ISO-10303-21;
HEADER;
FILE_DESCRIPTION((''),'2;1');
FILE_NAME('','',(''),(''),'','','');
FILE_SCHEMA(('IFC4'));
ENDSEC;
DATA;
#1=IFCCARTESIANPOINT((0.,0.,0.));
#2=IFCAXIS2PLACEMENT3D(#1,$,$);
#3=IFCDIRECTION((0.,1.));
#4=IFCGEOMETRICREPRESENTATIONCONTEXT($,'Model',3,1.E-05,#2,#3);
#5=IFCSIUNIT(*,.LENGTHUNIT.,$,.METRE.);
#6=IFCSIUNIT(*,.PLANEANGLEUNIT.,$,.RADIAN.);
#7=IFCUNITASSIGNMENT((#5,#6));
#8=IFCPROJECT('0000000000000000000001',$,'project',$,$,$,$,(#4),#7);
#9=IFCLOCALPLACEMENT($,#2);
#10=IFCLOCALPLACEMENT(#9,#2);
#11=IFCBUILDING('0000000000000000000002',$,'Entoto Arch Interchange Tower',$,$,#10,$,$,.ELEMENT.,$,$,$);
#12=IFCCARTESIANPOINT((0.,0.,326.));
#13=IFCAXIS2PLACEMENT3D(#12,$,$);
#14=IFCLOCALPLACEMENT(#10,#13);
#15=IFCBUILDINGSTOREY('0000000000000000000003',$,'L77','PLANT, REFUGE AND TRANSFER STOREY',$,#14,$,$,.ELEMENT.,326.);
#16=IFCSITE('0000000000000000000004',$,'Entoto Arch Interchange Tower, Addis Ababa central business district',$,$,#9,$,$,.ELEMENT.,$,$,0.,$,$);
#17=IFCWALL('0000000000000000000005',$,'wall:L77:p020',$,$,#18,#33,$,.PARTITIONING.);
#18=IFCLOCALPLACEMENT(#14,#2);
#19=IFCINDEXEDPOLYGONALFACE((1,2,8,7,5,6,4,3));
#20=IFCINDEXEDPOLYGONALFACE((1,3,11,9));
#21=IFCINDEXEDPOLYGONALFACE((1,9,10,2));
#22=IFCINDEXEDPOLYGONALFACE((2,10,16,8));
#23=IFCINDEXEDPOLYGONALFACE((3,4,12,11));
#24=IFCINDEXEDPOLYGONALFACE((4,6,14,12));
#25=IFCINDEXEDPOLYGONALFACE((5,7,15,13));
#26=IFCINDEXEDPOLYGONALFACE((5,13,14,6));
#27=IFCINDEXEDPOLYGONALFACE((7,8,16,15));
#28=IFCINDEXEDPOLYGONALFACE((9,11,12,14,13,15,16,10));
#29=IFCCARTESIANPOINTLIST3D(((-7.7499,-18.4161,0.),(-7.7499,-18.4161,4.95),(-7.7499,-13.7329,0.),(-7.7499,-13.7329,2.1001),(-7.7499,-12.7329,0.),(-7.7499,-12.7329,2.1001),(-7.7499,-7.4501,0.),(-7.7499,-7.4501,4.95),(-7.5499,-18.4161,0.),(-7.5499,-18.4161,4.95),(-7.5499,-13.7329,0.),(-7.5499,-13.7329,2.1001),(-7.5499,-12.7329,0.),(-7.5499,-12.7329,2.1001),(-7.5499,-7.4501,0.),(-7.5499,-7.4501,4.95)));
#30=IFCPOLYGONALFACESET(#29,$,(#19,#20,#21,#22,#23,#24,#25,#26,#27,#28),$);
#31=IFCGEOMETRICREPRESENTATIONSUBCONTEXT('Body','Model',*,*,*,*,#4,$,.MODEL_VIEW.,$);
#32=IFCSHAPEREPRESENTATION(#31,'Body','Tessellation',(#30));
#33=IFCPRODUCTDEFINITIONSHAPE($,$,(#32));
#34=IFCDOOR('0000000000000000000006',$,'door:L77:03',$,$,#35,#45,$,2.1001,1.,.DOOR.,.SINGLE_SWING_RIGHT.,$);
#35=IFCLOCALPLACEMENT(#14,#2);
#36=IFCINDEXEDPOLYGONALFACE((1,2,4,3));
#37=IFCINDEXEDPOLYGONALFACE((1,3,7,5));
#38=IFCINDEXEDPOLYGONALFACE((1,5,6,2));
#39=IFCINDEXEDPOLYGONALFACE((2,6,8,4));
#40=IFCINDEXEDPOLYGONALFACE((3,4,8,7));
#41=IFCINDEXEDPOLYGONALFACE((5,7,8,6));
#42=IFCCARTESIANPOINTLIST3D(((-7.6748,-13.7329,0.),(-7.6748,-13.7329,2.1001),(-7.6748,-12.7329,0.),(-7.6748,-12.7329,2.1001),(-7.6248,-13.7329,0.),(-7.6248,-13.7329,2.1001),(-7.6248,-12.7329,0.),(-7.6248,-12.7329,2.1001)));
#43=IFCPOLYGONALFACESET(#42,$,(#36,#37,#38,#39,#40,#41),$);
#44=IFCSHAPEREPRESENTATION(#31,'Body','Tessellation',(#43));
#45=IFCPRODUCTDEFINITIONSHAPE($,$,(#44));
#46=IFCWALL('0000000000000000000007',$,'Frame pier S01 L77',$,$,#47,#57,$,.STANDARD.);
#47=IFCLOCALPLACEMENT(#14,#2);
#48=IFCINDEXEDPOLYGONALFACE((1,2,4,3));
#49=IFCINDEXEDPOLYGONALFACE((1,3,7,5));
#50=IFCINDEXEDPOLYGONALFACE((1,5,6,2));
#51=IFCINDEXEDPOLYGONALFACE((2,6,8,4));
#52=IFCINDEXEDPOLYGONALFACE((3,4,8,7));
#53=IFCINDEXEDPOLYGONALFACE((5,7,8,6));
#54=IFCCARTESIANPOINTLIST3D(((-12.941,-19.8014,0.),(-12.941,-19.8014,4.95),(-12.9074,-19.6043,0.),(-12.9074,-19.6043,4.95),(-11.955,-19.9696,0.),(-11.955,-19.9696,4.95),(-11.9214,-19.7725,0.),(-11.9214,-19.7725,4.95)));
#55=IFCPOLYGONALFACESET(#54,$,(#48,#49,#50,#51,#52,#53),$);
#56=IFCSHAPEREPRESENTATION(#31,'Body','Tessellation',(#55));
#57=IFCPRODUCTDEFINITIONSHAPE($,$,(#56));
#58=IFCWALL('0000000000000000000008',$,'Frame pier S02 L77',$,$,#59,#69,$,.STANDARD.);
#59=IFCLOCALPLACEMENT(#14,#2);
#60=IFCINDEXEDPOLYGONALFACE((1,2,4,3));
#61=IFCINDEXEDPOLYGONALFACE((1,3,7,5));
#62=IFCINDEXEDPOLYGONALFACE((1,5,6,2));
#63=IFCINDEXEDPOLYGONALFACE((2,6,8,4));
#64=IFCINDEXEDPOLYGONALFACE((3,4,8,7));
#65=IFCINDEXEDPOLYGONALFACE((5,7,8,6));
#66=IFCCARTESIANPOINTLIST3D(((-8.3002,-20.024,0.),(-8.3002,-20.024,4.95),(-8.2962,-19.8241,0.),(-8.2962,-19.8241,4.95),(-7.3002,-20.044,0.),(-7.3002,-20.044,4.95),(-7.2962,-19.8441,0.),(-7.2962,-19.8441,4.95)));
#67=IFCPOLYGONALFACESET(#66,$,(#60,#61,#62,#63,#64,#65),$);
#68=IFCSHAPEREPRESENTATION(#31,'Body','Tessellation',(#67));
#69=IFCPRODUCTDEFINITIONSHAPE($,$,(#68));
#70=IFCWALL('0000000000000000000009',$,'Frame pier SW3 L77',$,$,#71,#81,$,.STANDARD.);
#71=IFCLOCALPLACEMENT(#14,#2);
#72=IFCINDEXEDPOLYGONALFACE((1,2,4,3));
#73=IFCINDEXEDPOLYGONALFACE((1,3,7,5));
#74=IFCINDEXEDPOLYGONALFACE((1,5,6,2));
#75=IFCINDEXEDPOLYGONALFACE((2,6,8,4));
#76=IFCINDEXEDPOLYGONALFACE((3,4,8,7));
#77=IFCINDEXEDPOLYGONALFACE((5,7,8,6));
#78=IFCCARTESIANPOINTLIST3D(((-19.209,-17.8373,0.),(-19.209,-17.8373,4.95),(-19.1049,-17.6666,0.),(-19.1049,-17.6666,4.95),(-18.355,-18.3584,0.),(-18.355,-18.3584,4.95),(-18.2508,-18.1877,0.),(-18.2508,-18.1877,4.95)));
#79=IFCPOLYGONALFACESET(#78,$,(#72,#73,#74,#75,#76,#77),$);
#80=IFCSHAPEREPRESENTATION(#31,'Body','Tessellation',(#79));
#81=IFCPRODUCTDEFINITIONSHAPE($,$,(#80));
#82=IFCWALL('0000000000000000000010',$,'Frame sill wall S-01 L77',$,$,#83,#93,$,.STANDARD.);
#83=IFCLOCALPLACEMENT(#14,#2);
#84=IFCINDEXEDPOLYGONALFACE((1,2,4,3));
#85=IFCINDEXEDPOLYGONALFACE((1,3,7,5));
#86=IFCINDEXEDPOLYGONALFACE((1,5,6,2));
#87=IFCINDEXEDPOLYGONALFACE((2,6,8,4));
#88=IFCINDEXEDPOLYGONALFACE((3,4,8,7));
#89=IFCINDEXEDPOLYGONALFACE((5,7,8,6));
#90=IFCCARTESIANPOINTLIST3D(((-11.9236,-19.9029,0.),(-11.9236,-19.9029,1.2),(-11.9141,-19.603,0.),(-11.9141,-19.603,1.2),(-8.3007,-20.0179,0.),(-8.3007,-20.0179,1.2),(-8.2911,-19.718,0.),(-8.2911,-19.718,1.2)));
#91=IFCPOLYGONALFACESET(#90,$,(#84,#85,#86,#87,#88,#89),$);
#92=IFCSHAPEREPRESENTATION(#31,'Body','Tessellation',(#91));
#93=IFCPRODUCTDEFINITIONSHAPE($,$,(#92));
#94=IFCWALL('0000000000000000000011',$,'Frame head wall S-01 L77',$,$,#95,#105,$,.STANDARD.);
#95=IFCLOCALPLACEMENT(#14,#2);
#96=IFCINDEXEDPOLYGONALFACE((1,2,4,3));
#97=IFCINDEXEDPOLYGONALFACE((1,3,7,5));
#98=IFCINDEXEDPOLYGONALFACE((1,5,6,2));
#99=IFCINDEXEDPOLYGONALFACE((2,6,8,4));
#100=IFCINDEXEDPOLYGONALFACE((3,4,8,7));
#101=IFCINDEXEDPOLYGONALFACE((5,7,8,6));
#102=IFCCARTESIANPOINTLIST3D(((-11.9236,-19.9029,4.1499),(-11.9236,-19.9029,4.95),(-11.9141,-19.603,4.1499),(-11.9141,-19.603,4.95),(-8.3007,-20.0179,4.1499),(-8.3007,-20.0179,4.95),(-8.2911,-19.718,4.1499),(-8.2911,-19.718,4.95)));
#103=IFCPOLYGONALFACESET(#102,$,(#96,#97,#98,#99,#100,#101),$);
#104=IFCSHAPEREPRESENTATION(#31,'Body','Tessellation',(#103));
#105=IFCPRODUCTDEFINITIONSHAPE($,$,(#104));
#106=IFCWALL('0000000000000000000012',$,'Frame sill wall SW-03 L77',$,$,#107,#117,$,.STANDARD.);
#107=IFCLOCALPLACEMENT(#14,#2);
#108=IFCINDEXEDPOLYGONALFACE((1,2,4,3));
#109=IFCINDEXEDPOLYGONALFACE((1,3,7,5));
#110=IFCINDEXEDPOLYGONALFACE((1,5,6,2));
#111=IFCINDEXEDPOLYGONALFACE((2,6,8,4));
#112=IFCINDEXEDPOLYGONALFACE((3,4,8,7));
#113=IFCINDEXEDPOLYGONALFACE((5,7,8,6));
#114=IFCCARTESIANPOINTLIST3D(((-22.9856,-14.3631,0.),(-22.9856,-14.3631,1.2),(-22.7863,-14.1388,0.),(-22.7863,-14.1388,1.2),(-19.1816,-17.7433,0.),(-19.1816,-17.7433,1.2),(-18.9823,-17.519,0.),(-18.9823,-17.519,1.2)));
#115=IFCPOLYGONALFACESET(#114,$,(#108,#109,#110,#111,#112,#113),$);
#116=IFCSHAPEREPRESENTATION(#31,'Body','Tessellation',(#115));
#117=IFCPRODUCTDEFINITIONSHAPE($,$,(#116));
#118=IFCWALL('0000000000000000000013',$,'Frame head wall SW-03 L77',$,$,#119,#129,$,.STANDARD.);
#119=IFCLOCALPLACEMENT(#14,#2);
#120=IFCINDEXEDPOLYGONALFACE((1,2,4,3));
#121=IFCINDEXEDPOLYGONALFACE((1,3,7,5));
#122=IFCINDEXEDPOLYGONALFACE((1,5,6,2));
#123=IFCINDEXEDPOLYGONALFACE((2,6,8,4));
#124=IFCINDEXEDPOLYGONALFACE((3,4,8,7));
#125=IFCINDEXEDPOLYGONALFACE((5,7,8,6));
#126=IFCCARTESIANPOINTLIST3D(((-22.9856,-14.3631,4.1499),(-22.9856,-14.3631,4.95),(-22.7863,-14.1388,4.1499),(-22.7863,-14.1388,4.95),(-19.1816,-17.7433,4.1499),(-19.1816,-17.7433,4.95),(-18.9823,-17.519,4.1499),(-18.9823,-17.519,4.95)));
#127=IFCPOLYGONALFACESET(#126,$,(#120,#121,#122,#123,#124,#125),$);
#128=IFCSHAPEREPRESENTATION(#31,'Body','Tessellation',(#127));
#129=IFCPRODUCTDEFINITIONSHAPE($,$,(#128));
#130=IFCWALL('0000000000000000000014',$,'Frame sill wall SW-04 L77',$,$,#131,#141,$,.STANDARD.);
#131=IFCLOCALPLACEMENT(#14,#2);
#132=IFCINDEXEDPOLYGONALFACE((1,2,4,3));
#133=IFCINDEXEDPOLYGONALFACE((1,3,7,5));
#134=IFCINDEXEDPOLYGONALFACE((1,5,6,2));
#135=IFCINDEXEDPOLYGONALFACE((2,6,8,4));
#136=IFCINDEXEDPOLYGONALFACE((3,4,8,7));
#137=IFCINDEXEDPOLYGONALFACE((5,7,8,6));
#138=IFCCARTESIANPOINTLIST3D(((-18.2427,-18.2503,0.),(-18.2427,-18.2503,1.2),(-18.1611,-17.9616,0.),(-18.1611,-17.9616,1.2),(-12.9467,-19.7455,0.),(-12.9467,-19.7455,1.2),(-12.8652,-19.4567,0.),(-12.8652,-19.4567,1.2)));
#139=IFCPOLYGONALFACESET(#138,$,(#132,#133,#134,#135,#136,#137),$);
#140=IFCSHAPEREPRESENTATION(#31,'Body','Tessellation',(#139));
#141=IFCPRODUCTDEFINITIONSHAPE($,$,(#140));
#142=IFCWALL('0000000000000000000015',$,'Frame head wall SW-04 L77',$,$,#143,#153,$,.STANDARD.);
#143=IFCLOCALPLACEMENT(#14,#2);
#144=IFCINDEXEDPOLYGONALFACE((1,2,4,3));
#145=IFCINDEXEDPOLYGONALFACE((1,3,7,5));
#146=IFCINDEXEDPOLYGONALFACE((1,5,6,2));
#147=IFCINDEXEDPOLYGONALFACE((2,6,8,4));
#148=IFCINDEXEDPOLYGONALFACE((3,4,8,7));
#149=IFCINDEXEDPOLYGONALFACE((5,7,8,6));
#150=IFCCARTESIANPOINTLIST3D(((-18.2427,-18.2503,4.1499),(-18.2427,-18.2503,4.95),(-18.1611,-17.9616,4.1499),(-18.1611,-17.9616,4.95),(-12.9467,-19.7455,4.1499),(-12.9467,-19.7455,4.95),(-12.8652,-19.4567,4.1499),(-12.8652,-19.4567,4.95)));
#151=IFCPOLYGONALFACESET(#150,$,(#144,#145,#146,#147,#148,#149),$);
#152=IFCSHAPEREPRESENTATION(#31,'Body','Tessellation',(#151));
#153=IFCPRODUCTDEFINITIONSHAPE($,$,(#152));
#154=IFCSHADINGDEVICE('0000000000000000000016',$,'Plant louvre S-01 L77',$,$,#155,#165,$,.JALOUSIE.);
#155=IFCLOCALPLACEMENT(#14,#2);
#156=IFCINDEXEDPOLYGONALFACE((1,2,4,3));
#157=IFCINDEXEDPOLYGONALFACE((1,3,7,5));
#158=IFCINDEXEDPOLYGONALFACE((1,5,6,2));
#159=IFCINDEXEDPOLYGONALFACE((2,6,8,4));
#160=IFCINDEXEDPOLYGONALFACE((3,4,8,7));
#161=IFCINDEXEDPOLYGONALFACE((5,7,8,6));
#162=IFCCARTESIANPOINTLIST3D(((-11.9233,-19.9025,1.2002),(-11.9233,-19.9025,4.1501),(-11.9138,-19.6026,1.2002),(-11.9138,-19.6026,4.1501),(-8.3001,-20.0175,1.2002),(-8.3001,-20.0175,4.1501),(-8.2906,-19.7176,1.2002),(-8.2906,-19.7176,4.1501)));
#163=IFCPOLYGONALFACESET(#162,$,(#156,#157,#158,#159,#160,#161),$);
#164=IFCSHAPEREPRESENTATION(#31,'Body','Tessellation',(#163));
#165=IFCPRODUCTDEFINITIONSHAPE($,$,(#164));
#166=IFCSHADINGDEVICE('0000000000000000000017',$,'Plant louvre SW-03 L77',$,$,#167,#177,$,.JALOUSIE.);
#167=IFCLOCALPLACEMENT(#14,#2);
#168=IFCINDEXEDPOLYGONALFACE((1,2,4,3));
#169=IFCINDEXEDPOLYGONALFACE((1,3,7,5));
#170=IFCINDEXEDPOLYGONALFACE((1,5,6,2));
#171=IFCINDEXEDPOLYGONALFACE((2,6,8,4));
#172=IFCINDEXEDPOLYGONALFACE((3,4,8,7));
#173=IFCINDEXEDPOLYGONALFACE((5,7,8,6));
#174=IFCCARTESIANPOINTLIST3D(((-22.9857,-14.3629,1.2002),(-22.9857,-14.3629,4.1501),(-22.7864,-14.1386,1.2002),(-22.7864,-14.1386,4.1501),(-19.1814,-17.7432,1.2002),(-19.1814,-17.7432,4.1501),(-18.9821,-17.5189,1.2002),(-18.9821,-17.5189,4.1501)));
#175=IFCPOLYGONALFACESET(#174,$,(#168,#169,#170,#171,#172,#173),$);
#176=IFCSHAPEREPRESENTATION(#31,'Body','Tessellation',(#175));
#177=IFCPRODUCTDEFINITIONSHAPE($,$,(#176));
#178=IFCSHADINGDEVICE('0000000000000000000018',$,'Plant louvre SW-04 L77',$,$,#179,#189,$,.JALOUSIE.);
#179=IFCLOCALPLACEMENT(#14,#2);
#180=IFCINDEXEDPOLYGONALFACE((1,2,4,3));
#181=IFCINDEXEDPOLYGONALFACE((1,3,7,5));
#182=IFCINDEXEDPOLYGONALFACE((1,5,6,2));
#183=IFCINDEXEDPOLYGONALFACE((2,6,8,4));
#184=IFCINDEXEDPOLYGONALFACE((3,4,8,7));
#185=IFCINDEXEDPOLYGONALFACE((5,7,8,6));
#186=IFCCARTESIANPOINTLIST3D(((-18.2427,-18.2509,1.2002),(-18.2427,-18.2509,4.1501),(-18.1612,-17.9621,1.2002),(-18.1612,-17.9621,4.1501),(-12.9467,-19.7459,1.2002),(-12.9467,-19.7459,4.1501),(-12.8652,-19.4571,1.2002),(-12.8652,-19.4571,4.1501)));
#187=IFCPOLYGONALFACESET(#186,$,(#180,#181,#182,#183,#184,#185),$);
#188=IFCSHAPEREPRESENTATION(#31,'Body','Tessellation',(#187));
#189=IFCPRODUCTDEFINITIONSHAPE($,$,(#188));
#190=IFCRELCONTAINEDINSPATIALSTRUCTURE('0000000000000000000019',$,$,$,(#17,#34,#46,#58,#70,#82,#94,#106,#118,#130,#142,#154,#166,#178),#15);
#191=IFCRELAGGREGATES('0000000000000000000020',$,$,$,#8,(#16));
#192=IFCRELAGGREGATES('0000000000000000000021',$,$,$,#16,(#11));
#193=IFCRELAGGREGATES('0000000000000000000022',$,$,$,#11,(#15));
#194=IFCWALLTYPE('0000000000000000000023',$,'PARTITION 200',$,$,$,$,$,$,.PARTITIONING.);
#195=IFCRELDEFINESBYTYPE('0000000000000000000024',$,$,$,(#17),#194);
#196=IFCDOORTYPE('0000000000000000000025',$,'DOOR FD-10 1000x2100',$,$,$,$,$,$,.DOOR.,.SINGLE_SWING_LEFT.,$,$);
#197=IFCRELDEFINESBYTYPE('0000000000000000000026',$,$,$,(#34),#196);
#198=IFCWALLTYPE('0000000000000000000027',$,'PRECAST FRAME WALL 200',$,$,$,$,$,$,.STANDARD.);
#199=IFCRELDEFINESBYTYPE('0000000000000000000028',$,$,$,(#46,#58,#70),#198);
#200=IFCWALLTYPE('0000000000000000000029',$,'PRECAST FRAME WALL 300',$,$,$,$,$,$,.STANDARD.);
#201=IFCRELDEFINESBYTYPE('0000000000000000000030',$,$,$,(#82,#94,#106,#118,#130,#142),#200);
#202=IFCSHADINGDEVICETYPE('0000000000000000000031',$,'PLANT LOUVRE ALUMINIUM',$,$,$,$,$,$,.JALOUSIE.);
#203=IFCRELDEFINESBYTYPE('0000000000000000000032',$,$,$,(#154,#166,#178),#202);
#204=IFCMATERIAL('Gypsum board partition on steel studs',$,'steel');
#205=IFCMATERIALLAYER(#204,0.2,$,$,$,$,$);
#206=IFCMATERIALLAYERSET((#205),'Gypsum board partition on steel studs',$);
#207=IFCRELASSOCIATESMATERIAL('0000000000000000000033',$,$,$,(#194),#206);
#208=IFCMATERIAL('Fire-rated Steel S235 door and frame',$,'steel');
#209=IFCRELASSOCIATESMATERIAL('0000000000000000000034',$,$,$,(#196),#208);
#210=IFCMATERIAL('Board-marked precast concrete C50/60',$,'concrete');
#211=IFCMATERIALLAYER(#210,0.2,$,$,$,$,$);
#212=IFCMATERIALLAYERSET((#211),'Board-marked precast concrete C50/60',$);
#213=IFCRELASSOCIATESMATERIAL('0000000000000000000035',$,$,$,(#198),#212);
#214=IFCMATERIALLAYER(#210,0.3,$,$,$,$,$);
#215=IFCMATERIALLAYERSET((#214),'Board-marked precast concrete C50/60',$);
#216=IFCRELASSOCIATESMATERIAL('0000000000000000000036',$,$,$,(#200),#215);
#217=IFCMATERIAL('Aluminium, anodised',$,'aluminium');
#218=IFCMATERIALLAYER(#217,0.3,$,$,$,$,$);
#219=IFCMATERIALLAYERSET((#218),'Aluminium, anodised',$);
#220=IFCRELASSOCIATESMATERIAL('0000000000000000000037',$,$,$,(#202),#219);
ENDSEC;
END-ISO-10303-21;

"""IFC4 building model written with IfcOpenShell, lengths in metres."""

from ifc_helpers import new_model, si_unit, direction, frame, frame_2d, origin, origin_2d, place, context, subcontext, project, spatial, rectangle, extrude, material, layer, layer_set, type_object, element, fill, save


model = new_model("IFC4")

# Units and contexts
model_context = context("Model", 3, precision=1e-05, world=origin(), true_north=direction((0.0, 1.0)))
body_context = subcontext(model_context, "Body", "Model", "MODEL_VIEW")
ifc_project = project(units=[si_unit("LENGTHUNIT", "METRE"), si_unit("PLANEANGLEUNIT", "RADIAN")], contexts=[model_context])

# Site, building, storey
site_placement = place(None, origin())
site = spatial("IfcSite", under=ifc_project, at=site_placement, Name="Entoto Arch Interchange Tower, Addis Ababa central business district", CompositionType="ELEMENT", RefElevation=0.0)
building_placement = place(site_placement, origin())
building = spatial("IfcBuilding", under=site, at=building_placement, Name="Entoto Arch Interchange Tower", CompositionType="ELEMENT")
storey_placement = place(building_placement, frame((0.0, 0.0, 326.0)))
storey = spatial("IfcBuildingStorey", under=building, at=storey_placement, Name="L77", Description="PLANT, REFUGE AND TRANSFER STOREY", CompositionType="ELEMENT", Elevation=326.0)

# Shared definitions
ifc_material_1 = material(Name="Aluminium, anodised", Category="aluminium")

# Wall, opening, door
ifc_material_2 = material(Name="Gypsum board partition on steel studs", Category="steel")
ifc_layer_1 = layer(ifc_material_2, 0.2)
ifc_layer_set_1 = layer_set([ifc_layer_1], Name="Gypsum board partition on steel studs")
wall_type_1 = type_object("IfcWallType", Name="PARTITION 200", PredefinedType="PARTITIONING", material=ifc_layer_set_1)
wall_1_placement = place(storey_placement, frame((-7.6499, -18.416, 0.0), z_axis=(0.0, 0.0, 1.0), x_axis=(0.0, 1.0, 0.0)))
wall_1 = element("IfcWall", 1, at=wall_1_placement, inside=storey, type_object=wall_type_1, Name="wall:L77:p020", PredefinedType="PARTITIONING", context=body_context, shape_type="SweptSolid", body=[
    extrude(rectangle(XDim=10.9661, YDim=0.2, at=frame_2d((5.4829, 0.0))), origin(), (0.0, 0.0, 1.0), 4.95),
])
opening_placement = place(wall_1_placement, frame((4.6831, 0.0, 0.0)))
opening = element("IfcOpeningElement", 2, at=opening_placement, cuts=wall_1, PredefinedType="OPENING", context=body_context, shape_type="SweptSolid", body=[
    extrude(rectangle(XDim=1.0, YDim=2.1001, at=frame_2d((0.5, 1.05))), frame((0.0, 0.1099, 0.0), z_axis=(0.0, -1.0, 0.0), x_axis=(1.0, 0.0, 0.0)), (0.0, 0.0, 1.0), 0.22),
])
ifc_material_3 = material(Name="Fire-rated Steel S235 door and frame", Category="steel")
door_type = type_object("IfcDoorType", Name="DOOR FD-10 1000x2100", OperationType="SINGLE_SWING_LEFT", PredefinedType="DOOR", material=ifc_material_3)
door_placement = place(opening_placement, origin())
door = element("IfcDoor", 3, at=door_placement, inside=storey, type_object=door_type, Name="door:L77:03", OperationType="SINGLE_SWING_RIGHT", OverallHeight=2.1001, OverallWidth=1.0, PredefinedType="DOOR", context=body_context, shape_type="SweptSolid", body=[
    extrude(rectangle(XDim=1.0, YDim=2.1001, at=frame_2d((0.5, 1.05))), frame((0.0, 0.0249, 0.0), z_axis=(0.0, -1.0, 0.0), x_axis=(1.0, 0.0, 0.0)), (0.0, 0.0, 1.0), 0.05),
])
fill(opening, door)

# Walls
ifc_material_4 = material(Name="Board-marked precast concrete C50/60", Category="concrete")
ifc_layer_2 = layer(ifc_material_4, 0.2)
ifc_layer_set_2 = layer_set([ifc_layer_2], Name="Board-marked precast concrete C50/60")
wall_type_2 = type_object("IfcWallType", Name="PRECAST FRAME WALL 200", PredefinedType="STANDARD", material=ifc_layer_set_2)
for number, where, z_axis, x_axis, name in (
    (4, (-12.9241, -19.7029, 0.0), (0.0, 0.0, 1.0), (0.98576, -0.168158, 0.0), "Frame pier S01 L77"),
    (5, (-8.2981, -19.9241, 0.0), (0.0, 0.0, 1.0), (0.9998, -0.020016, 0.0), "Frame pier S02 L77"),
):
    element("IfcWall", number, at=place(storey_placement, frame(where, z_axis=z_axis, x_axis=x_axis)), inside=storey, type_object=wall_type_2, Name=name, PredefinedType="STANDARD", context=body_context, shape_type="SweptSolid", body=[
        extrude(rectangle(XDim=1.0002, YDim=0.2, at=frame_2d((0.5, 0.0))), origin(), (0.0, 0.0, 1.0), 4.95),
    ])
wall_2_placement = place(storey_placement, frame((-19.157, -17.752, 0.0), z_axis=(0.0, 0.0, 1.0), x_axis=(0.85368, -0.520798, 0.0)))
element("IfcWall", 6, at=wall_2_placement, inside=storey, type_object=wall_type_2, Name="Frame pier SW3 L77", PredefinedType="STANDARD", context=body_context, shape_type="SweptSolid", body=[
    extrude(rectangle(XDim=1.0005, YDim=0.2, at=frame_2d((0.5002, 0.0))), origin(), (0.0, 0.0, 1.0), 4.95),
])
ifc_layer_3 = layer(ifc_material_4, 0.3)
ifc_layer_set_3 = layer_set([ifc_layer_3], Name="Board-marked precast concrete C50/60")
wall_type_3 = type_object("IfcWallType", Name="PRECAST FRAME WALL 300", PredefinedType="STANDARD", material=ifc_layer_set_3)
wall_3_placement = place(storey_placement, frame((-11.9189, -19.7529, 0.0), z_axis=(0.0, 0.0, 1.0), x_axis=(0.999497, -0.031723, 0.0)))
element("IfcWall", 7, at=wall_3_placement, inside=storey, type_object=wall_type_3, Name="Frame sill wall S-01 L77", PredefinedType="STANDARD", context=body_context, shape_type="SweptSolid", body=[
    extrude(rectangle(XDim=3.6248, YDim=0.3, at=frame_2d((1.8125, 0.0))), origin(), (0.0, 0.0, 1.0), 1.2),
])
wall_4_placement = place(storey_placement, frame((-11.9189, -19.7529, 4.1499), z_axis=(0.0, 0.0, 1.0), x_axis=(0.999497, -0.031723, 0.0)))
element("IfcWall", 8, at=wall_4_placement, inside=storey, type_object=wall_type_3, Name="Frame head wall S-01 L77", PredefinedType="STANDARD", context=body_context, shape_type="SweptSolid", body=[
    extrude(rectangle(XDim=3.6248, YDim=0.3, at=frame_2d((1.8125, 0.0))), origin(), (0.0, 0.0, 1.0), 0.8),
])
wall_5_placement = place(storey_placement, frame((-22.886, -14.251, 0.0), z_axis=(0.0, 0.0, 1.0), x_axis=(0.747523, -0.664236, 0.0)))
element("IfcWall", 9, at=wall_5_placement, inside=storey, type_object=wall_type_3, Name="Frame sill wall SW-03 L77", PredefinedType="STANDARD", context=body_context, shape_type="SweptSolid", body=[
    extrude(rectangle(XDim=5.0889, YDim=0.3, at=frame_2d((2.5444, 0.0))), origin(), (0.0, 0.0, 1.0), 1.2),
])
wall_6_placement = place(storey_placement, frame((-22.886, -14.251, 4.1499), z_axis=(0.0, 0.0, 1.0), x_axis=(0.747523, -0.664236, 0.0)))
element("IfcWall", 10, at=wall_6_placement, inside=storey, type_object=wall_type_3, Name="Frame head wall SW-03 L77", PredefinedType="STANDARD", context=body_context, shape_type="SweptSolid", body=[
    extrude(rectangle(XDim=5.0889, YDim=0.3, at=frame_2d((2.5444, 0.0))), origin(), (0.0, 0.0, 1.0), 0.8),
])
wall_7_placement = place(storey_placement, frame((-18.2019, -18.106, 0.0), z_axis=(0.0, 0.0, 1.0), x_axis=(0.962383, -0.271696, 0.0)))
element("IfcWall", 11, at=wall_7_placement, inside=storey, type_object=wall_type_3, Name="Frame sill wall SW-04 L77", PredefinedType="STANDARD", context=body_context, shape_type="SweptSolid", body=[
    extrude(rectangle(XDim=5.5029, YDim=0.3, at=frame_2d((2.7515, 0.0))), origin(), (0.0, 0.0, 1.0), 1.2),
])
wall_8_placement = place(storey_placement, frame((-18.2019, -18.106, 4.1499), z_axis=(0.0, 0.0, 1.0), x_axis=(0.962383, -0.271696, 0.0)))
element("IfcWall", 12, at=wall_8_placement, inside=storey, type_object=wall_type_3, Name="Frame head wall SW-04 L77", PredefinedType="STANDARD", context=body_context, shape_type="SweptSolid", body=[
    extrude(rectangle(XDim=5.5029, YDim=0.3, at=frame_2d((2.7515, 0.0))), origin(), (0.0, 0.0, 1.0), 0.8),
])

# Shading devices
ifc_layer_4 = layer(ifc_material_1, 0.3)
ifc_layer_set_4 = layer_set([ifc_layer_4], Name="Aluminium, anodised")
shading_device_type = type_object("IfcShadingDeviceType", Name="PLANT LOUVRE ALUMINIUM", PredefinedType="JALOUSIE", material=ifc_layer_set_4)
shading_device_1_placement = place(storey_placement, frame((-10.1069, -19.8101, 1.2002), z_axis=(0.0, 0.0, 1.0), x_axis=(0.999497, -0.031725, 0.0)))
element("IfcShadingDevice", 13, at=shading_device_1_placement, inside=storey, type_object=shading_device_type, Name="Plant louvre S-01 L77", PredefinedType="JALOUSIE", context=body_context, shape_type="SweptSolid", body=[
    extrude(rectangle(XDim=3.625, YDim=0.3, at=origin_2d()), origin(), (0.0, 0.0, 1.0), 2.95),
])
shading_device_2_placement = place(storey_placement, frame((-20.9839, -15.9409, 1.2002), z_axis=(0.0, 0.0, 1.0), x_axis=(0.747543, -0.664213, 0.0)))
element("IfcShadingDevice", 14, at=shading_device_2_placement, inside=storey, type_object=shading_device_type, Name="Plant louvre SW-03 L77", PredefinedType="JALOUSIE", context=body_context, shape_type="SweptSolid", body=[
    extrude(rectangle(XDim=5.0891, YDim=0.3, at=origin_2d()), origin(), (0.0, 0.0, 1.0), 2.95),
])
shading_device_3_placement = place(storey_placement, frame((-15.554, -18.854, 1.2002), z_axis=(0.0, 0.0, 1.0), x_axis=(0.962389, -0.271676, 0.0)))
element("IfcShadingDevice", 15, at=shading_device_3_placement, inside=storey, type_object=shading_device_type, Name="Plant louvre SW-04 L77", PredefinedType="JALOUSIE", context=body_context, shape_type="SweptSolid", body=[
    extrude(rectangle(XDim=5.5029, YDim=0.3, at=origin_2d()), origin(), (0.0, 0.0, 1.0), 2.95),
])

save(model, "model.ifc")
